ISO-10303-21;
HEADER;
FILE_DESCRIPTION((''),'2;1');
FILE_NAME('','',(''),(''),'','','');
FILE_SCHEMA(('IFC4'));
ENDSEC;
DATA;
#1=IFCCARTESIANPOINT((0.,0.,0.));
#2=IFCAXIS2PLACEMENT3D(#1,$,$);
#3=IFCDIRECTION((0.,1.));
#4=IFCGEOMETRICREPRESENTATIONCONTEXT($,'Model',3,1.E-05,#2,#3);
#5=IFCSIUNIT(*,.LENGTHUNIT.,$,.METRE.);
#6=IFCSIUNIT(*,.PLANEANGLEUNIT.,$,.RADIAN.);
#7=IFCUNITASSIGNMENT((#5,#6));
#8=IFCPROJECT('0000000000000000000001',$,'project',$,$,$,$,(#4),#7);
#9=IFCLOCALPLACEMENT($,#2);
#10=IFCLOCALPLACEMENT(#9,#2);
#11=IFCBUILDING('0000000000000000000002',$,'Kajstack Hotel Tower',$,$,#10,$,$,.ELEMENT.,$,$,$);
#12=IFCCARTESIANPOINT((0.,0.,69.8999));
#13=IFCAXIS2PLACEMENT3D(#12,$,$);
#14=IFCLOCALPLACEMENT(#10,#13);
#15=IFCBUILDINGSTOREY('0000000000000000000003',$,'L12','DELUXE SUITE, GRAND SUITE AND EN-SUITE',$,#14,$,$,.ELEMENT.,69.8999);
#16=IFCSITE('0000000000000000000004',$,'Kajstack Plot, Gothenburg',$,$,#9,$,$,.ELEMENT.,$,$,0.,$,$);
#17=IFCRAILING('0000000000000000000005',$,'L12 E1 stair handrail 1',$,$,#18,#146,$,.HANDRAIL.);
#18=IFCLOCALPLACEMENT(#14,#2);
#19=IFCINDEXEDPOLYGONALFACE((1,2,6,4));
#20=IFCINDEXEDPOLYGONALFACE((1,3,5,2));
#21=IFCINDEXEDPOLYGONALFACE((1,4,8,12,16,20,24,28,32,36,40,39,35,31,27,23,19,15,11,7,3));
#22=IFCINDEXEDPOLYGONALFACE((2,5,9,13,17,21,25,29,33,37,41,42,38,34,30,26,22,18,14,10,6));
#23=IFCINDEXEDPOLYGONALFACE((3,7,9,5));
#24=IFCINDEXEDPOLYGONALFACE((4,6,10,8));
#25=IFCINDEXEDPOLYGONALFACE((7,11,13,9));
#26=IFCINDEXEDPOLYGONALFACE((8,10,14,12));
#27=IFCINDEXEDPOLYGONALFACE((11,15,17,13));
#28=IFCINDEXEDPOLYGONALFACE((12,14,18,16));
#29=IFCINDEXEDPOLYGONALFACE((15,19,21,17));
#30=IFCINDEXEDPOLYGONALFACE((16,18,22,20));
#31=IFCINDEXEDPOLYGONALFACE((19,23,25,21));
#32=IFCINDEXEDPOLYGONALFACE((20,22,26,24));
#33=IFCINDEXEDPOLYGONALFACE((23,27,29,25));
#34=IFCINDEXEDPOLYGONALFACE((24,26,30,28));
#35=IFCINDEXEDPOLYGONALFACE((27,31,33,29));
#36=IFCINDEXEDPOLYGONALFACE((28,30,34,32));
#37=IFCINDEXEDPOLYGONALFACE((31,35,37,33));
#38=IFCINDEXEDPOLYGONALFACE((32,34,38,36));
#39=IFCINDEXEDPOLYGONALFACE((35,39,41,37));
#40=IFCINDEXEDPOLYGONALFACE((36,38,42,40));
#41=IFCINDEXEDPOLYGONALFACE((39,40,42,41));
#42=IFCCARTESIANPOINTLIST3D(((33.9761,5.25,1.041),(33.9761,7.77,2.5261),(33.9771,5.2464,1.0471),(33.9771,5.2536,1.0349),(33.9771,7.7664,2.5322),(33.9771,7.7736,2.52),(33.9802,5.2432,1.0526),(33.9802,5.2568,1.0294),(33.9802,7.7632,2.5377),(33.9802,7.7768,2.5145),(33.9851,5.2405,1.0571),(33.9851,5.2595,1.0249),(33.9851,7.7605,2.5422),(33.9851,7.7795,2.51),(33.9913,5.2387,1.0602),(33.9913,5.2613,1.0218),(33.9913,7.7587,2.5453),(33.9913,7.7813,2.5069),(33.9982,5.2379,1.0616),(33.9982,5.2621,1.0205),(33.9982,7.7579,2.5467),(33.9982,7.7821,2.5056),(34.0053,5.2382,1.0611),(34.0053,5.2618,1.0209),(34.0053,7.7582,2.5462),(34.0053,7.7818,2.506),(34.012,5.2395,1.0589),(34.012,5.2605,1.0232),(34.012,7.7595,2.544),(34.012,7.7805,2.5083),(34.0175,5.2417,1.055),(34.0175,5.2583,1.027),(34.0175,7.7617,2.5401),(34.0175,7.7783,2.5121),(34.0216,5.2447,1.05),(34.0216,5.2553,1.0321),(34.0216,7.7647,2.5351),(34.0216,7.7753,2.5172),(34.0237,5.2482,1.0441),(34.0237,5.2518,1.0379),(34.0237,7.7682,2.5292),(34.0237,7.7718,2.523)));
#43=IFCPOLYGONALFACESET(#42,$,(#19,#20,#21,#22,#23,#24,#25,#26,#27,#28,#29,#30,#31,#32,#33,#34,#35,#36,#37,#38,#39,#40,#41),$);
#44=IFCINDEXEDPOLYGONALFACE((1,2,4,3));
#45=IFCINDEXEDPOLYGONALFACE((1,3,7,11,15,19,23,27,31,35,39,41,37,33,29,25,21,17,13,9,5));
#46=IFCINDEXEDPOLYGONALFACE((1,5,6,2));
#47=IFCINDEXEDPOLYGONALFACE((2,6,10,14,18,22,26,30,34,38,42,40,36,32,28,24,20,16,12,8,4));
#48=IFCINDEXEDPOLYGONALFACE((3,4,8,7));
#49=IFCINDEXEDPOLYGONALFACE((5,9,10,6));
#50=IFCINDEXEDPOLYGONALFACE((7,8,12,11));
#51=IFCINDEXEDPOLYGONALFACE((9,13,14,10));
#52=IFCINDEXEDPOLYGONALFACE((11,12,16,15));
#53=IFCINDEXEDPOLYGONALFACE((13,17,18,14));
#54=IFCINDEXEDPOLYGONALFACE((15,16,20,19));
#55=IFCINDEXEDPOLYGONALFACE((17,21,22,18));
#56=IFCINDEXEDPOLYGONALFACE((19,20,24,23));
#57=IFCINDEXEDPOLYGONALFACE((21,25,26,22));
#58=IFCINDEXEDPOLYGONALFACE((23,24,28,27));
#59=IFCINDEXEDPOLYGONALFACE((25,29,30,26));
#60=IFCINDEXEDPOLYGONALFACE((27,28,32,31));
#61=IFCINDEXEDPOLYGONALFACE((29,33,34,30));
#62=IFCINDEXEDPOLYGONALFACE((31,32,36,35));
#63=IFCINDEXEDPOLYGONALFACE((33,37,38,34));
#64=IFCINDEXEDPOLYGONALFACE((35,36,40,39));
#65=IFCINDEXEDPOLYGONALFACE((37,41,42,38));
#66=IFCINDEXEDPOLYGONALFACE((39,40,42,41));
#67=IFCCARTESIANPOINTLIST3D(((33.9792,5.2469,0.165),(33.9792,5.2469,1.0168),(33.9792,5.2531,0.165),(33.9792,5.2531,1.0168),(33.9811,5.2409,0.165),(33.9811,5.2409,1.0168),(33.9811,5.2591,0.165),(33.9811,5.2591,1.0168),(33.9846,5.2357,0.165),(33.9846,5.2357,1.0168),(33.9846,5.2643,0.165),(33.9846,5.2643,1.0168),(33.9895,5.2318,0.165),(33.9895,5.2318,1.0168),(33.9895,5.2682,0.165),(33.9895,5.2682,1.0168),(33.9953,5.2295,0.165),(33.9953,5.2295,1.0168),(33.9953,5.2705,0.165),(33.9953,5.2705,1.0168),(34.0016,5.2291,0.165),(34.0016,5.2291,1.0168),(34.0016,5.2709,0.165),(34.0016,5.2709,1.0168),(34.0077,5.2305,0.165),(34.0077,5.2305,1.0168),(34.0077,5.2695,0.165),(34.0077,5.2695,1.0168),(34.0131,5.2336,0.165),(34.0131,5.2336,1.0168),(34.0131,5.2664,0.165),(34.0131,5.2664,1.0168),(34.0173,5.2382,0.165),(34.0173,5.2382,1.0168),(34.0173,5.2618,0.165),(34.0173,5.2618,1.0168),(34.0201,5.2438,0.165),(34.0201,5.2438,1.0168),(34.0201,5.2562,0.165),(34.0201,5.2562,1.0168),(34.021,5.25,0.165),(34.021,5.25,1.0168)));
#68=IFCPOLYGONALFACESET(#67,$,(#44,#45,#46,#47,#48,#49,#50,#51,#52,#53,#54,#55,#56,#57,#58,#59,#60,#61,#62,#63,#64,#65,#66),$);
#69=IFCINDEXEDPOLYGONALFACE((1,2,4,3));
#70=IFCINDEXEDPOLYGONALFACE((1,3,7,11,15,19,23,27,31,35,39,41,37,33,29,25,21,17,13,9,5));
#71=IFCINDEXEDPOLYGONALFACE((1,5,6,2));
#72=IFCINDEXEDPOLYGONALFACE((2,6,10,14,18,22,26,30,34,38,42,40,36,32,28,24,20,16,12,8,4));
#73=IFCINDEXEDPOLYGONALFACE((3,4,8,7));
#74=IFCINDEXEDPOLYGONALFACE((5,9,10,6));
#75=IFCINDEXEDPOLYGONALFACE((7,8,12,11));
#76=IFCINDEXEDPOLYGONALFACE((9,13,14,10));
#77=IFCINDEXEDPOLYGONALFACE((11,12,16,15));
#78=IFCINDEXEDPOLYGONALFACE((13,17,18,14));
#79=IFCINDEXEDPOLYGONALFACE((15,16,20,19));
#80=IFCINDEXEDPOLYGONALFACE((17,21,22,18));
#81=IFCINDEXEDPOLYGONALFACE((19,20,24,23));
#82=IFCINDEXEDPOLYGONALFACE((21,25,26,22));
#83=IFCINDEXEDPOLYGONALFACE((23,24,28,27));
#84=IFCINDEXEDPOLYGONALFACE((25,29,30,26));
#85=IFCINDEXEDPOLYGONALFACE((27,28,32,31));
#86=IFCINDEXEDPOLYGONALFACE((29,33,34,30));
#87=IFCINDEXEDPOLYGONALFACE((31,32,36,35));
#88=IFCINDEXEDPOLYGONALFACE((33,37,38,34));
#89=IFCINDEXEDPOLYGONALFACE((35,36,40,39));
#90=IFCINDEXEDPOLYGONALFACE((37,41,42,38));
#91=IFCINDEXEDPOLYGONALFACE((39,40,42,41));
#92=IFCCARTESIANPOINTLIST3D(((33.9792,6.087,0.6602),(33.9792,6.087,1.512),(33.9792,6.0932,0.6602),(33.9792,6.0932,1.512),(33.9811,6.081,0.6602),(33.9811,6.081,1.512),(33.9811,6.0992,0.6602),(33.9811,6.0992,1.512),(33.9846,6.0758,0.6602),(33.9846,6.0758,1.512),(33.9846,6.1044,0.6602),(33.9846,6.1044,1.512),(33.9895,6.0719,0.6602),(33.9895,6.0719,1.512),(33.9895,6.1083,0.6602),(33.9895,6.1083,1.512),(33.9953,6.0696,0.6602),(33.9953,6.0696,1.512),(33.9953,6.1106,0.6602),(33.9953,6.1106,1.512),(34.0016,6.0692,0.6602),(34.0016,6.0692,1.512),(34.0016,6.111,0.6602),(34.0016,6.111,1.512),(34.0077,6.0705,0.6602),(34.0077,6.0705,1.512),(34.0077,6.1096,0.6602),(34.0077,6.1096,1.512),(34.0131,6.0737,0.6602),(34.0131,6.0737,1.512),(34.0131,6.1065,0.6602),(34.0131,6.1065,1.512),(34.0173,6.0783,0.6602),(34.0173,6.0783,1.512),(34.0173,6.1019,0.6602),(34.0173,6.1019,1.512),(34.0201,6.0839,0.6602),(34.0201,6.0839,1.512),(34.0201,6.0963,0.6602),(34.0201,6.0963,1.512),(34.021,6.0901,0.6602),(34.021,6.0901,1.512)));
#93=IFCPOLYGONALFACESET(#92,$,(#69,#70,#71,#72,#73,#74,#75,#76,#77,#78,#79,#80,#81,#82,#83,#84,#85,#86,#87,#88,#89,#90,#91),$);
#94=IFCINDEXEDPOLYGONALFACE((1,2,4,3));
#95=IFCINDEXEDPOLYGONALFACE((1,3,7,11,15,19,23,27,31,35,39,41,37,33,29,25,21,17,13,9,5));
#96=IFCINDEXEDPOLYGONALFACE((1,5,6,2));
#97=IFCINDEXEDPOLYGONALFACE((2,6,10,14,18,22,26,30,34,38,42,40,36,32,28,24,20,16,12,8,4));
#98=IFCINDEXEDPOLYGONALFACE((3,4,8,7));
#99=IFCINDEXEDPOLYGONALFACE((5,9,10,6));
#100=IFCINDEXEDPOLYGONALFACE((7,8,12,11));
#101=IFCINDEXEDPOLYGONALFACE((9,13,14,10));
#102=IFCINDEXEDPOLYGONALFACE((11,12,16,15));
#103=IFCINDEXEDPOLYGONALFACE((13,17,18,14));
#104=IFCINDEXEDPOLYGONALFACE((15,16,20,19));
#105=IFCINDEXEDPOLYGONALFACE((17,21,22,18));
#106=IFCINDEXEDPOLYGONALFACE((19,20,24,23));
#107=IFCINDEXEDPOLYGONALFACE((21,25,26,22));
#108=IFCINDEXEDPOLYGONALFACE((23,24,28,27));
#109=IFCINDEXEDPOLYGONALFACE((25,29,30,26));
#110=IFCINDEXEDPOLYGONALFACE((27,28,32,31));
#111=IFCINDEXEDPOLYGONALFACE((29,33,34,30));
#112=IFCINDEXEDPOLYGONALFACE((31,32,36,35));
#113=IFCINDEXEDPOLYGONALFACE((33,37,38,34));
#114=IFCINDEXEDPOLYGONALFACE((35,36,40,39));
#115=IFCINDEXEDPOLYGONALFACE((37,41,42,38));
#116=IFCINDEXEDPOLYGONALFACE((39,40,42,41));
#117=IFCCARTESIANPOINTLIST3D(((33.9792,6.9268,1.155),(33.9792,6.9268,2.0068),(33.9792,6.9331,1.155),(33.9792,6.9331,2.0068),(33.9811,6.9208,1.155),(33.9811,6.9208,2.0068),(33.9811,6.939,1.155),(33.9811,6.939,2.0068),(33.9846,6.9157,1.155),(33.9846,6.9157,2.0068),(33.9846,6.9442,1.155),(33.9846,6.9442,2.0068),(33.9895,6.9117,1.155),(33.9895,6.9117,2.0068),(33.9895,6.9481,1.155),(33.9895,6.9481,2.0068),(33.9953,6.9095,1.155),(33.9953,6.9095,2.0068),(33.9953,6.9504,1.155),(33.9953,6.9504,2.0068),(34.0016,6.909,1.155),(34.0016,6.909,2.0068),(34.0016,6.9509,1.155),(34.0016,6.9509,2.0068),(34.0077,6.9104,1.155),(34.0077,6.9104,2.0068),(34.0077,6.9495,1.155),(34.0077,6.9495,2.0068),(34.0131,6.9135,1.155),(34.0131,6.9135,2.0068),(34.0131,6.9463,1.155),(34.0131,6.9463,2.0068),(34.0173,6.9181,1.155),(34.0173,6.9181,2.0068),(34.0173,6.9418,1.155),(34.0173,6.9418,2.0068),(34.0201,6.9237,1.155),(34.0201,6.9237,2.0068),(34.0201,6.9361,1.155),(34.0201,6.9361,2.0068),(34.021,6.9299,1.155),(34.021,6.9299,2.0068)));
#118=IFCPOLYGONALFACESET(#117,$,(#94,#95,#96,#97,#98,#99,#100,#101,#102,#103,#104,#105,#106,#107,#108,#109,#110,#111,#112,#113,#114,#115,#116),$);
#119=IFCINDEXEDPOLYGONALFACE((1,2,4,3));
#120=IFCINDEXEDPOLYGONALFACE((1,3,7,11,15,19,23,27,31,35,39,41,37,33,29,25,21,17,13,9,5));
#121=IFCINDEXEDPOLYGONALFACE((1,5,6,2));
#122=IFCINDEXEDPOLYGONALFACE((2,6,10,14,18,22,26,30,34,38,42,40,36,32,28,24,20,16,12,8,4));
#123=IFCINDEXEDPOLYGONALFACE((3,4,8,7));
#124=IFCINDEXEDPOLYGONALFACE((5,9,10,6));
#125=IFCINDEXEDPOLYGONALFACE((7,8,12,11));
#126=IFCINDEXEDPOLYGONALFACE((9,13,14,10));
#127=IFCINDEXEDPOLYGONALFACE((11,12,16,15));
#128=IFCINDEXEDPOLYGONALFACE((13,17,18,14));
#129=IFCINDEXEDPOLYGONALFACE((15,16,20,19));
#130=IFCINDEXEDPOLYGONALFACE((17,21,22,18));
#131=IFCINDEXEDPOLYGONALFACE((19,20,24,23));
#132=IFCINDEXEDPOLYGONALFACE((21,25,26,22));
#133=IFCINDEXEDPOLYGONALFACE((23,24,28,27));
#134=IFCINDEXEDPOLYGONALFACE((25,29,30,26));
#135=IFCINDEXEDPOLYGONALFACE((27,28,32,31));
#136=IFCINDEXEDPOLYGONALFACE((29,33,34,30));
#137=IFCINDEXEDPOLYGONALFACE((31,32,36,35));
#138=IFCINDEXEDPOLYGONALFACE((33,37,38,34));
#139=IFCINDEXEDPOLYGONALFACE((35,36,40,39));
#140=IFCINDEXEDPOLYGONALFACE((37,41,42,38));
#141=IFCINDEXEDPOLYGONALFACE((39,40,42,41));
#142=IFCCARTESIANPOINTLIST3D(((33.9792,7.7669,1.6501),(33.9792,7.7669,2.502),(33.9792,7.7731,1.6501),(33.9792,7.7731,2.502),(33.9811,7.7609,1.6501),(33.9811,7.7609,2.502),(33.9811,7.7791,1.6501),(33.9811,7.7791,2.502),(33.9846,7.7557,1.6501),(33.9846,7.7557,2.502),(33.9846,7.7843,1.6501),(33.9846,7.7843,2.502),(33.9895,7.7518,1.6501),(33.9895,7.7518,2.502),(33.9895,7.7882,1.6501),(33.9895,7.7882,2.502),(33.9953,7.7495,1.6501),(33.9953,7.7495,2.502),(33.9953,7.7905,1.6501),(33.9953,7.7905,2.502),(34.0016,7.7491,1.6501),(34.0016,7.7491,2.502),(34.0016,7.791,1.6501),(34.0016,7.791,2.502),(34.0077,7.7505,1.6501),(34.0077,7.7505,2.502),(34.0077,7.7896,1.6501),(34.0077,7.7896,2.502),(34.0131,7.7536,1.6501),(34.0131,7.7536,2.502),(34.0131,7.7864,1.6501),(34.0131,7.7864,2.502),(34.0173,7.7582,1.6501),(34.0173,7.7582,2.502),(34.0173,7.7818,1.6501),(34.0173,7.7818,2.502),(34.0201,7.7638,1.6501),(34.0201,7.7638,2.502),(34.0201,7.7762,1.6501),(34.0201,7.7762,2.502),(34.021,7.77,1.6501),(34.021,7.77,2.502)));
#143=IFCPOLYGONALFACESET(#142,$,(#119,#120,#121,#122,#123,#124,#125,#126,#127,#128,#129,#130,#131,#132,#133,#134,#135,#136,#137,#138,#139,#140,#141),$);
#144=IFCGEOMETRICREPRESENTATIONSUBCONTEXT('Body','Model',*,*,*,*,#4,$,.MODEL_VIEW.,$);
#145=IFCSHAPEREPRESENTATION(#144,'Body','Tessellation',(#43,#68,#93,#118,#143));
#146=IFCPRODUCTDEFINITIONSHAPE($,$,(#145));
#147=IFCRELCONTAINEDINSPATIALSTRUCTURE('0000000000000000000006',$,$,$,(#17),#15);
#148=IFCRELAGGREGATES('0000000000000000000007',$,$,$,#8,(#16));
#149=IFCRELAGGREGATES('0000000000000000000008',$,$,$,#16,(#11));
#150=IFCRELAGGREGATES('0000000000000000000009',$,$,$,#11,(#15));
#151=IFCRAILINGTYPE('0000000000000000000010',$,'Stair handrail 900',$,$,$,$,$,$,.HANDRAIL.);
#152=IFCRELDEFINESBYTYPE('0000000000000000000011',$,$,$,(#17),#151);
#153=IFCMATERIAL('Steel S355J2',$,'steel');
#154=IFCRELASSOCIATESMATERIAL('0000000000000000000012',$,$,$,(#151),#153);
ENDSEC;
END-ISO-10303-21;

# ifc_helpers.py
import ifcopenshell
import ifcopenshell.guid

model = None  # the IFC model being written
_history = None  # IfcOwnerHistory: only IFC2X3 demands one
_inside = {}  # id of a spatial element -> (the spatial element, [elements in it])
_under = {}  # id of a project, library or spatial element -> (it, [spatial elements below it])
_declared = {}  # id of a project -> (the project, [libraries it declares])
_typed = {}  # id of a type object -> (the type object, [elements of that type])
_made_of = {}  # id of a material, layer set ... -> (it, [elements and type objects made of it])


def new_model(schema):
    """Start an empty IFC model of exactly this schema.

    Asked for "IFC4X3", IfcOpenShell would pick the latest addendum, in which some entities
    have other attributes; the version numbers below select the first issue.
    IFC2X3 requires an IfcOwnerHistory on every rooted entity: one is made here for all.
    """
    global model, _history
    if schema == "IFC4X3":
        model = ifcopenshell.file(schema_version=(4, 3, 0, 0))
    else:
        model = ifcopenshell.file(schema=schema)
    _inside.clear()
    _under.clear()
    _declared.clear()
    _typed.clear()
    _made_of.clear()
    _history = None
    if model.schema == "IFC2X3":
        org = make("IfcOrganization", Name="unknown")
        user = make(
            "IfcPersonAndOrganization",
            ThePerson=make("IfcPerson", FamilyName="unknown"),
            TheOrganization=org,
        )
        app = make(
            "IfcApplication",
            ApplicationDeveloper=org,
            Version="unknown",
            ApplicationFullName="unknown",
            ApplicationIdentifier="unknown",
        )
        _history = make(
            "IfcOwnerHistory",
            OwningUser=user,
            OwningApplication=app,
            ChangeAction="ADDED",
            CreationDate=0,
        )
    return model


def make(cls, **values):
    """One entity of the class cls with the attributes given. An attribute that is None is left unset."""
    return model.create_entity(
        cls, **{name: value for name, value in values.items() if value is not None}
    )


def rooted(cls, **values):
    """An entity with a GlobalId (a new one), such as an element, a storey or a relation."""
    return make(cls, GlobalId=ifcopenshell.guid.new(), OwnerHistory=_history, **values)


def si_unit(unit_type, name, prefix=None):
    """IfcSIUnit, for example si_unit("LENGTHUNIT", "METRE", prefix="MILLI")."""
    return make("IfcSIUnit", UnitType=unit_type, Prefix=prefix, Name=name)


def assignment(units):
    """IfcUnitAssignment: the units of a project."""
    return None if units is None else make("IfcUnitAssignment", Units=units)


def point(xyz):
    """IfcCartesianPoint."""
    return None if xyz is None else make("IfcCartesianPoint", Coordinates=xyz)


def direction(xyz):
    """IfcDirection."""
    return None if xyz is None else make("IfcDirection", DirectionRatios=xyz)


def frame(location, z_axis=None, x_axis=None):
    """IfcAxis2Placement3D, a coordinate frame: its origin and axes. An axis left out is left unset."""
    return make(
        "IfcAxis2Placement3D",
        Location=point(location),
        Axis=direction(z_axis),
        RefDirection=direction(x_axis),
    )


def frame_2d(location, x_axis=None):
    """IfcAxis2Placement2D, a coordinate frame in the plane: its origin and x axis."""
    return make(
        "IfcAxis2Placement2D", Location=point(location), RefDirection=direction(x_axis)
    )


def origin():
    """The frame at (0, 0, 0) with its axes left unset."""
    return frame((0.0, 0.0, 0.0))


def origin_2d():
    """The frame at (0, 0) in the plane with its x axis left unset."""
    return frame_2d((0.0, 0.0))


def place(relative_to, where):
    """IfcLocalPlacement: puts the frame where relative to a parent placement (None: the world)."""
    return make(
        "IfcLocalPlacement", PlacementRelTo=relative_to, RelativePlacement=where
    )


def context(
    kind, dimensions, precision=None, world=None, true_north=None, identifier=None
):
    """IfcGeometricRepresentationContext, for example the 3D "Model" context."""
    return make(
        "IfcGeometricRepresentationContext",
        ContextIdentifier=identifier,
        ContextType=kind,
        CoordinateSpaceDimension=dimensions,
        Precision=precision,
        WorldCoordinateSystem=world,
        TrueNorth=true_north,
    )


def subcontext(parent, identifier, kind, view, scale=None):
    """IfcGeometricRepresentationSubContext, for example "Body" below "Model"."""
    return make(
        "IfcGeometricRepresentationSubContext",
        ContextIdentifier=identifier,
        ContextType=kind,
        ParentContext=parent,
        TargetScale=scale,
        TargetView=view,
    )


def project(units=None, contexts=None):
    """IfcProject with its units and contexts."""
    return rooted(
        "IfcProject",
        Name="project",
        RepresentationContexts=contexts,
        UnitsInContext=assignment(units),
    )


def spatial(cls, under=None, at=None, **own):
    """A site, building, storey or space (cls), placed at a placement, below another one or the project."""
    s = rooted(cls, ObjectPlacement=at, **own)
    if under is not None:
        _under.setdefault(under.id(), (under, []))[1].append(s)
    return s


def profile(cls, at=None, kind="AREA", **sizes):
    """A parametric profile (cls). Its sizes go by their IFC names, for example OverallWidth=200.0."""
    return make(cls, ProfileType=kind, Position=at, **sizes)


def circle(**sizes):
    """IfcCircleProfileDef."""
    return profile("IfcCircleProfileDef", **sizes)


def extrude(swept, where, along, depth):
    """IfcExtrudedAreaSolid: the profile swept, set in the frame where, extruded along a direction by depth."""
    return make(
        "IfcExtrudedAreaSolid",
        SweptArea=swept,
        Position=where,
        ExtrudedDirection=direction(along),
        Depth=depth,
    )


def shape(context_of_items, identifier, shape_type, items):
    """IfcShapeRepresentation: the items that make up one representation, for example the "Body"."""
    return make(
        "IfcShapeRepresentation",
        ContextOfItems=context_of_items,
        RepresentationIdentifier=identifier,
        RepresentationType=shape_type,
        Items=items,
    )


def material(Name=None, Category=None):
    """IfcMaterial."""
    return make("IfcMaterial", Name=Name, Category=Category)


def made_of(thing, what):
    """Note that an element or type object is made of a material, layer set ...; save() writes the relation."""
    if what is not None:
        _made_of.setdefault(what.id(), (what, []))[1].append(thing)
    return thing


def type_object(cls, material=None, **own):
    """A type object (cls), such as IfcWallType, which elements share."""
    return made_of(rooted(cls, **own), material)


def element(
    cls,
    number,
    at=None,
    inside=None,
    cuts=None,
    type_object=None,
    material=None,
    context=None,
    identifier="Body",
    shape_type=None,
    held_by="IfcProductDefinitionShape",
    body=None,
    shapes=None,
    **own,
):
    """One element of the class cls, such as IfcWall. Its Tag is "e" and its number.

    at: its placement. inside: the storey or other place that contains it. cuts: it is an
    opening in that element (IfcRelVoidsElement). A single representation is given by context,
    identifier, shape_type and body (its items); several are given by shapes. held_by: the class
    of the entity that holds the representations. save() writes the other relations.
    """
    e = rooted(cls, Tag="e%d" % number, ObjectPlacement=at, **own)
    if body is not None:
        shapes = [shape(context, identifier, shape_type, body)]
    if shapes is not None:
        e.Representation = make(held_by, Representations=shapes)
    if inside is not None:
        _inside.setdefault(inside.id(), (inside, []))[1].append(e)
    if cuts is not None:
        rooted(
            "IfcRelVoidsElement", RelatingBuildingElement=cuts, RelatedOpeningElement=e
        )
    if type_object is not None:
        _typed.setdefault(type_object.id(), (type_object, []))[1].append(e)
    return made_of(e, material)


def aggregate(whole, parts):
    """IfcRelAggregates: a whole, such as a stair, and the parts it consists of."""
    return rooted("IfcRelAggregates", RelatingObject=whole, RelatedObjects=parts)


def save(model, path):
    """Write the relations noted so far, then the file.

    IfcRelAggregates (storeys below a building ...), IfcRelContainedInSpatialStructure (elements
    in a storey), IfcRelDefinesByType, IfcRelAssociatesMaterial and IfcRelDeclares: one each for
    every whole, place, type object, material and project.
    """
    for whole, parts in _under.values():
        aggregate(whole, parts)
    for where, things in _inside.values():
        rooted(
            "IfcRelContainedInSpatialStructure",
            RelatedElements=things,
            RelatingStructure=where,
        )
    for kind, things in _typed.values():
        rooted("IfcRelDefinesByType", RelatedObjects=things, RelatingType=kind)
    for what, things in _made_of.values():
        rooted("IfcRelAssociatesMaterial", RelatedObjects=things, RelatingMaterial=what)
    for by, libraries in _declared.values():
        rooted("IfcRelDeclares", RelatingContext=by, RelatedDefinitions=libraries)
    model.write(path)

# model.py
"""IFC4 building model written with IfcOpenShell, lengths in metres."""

from ifc_helpers import new_model, si_unit, direction, frame, origin, origin_2d, place, context, subcontext, project, spatial, circle, extrude, material, type_object, element, save


model = new_model("IFC4")

# Units and contexts
model_context = context("Model", 3, precision=1e-05, world=origin(), true_north=direction((0.0, 1.0)))
body_context = subcontext(model_context, "Body", "Model", "MODEL_VIEW")
ifc_project = project(units=[si_unit("LENGTHUNIT", "METRE"), si_unit("PLANEANGLEUNIT", "RADIAN")], contexts=[model_context])

# Site, building, storey
site_placement = place(None, origin())
site = spatial("IfcSite", under=ifc_project, at=site_placement, Name="Kajstack Plot, Gothenburg", CompositionType="ELEMENT", RefElevation=0.0)
building_placement = place(site_placement, origin())
building = spatial("IfcBuilding", under=site, at=building_placement, Name="Kajstack Hotel Tower", CompositionType="ELEMENT")
storey_placement = place(building_placement, frame((0.0, 0.0, 69.8999)))
storey = spatial("IfcBuildingStorey", under=building, at=storey_placement, Name="L12", Description="DELUXE SUITE, GRAND SUITE AND EN-SUITE", CompositionType="ELEMENT", Elevation=69.8999)

# Railing
ifc_material_1 = material(Name="Steel S355J2", Category="steel")
railing_type_1 = type_object("IfcRailingType", Name="Stair handrail 900", PredefinedType="HANDRAIL", material=ifc_material_1)
railing_1_placement = place(storey_placement, frame((34.0, 5.25, 0.165)))
element("IfcRailing", 1, at=railing_1_placement, inside=storey, type_object=railing_type_1, Name="L12 E1 stair handrail 1", PredefinedType="HANDRAIL", context=body_context, shape_type="SweptSolid", body=[
    extrude(circle(Radius=0.0239, at=origin_2d()), frame((0.0, 0.0, 0.876), z_axis=(0.0, 0.861524, 0.507717), x_axis=(-1.0, 0.0, 0.0)), (0.0, 0.0, 1.0), 2.925),
    extrude(circle(Radius=0.021, at=origin_2d()), origin(), (0.0, 0.0, 1.0), 0.8518),
    extrude(circle(Radius=0.021, at=origin_2d()), frame((0.0, 0.8401, 0.4951)), (0.0, 0.0, 1.0), 0.8518),
    extrude(circle(Radius=0.021, at=origin_2d()), frame((0.0, 1.6799, 0.99)), (0.0, 0.0, 1.0), 0.8518),
    extrude(circle(Radius=0.021, at=origin_2d()), frame((0.0, 2.52, 1.4851)), (0.0, 0.0, 1.0), 0.8518),
])

save(model, "model.ifc")
